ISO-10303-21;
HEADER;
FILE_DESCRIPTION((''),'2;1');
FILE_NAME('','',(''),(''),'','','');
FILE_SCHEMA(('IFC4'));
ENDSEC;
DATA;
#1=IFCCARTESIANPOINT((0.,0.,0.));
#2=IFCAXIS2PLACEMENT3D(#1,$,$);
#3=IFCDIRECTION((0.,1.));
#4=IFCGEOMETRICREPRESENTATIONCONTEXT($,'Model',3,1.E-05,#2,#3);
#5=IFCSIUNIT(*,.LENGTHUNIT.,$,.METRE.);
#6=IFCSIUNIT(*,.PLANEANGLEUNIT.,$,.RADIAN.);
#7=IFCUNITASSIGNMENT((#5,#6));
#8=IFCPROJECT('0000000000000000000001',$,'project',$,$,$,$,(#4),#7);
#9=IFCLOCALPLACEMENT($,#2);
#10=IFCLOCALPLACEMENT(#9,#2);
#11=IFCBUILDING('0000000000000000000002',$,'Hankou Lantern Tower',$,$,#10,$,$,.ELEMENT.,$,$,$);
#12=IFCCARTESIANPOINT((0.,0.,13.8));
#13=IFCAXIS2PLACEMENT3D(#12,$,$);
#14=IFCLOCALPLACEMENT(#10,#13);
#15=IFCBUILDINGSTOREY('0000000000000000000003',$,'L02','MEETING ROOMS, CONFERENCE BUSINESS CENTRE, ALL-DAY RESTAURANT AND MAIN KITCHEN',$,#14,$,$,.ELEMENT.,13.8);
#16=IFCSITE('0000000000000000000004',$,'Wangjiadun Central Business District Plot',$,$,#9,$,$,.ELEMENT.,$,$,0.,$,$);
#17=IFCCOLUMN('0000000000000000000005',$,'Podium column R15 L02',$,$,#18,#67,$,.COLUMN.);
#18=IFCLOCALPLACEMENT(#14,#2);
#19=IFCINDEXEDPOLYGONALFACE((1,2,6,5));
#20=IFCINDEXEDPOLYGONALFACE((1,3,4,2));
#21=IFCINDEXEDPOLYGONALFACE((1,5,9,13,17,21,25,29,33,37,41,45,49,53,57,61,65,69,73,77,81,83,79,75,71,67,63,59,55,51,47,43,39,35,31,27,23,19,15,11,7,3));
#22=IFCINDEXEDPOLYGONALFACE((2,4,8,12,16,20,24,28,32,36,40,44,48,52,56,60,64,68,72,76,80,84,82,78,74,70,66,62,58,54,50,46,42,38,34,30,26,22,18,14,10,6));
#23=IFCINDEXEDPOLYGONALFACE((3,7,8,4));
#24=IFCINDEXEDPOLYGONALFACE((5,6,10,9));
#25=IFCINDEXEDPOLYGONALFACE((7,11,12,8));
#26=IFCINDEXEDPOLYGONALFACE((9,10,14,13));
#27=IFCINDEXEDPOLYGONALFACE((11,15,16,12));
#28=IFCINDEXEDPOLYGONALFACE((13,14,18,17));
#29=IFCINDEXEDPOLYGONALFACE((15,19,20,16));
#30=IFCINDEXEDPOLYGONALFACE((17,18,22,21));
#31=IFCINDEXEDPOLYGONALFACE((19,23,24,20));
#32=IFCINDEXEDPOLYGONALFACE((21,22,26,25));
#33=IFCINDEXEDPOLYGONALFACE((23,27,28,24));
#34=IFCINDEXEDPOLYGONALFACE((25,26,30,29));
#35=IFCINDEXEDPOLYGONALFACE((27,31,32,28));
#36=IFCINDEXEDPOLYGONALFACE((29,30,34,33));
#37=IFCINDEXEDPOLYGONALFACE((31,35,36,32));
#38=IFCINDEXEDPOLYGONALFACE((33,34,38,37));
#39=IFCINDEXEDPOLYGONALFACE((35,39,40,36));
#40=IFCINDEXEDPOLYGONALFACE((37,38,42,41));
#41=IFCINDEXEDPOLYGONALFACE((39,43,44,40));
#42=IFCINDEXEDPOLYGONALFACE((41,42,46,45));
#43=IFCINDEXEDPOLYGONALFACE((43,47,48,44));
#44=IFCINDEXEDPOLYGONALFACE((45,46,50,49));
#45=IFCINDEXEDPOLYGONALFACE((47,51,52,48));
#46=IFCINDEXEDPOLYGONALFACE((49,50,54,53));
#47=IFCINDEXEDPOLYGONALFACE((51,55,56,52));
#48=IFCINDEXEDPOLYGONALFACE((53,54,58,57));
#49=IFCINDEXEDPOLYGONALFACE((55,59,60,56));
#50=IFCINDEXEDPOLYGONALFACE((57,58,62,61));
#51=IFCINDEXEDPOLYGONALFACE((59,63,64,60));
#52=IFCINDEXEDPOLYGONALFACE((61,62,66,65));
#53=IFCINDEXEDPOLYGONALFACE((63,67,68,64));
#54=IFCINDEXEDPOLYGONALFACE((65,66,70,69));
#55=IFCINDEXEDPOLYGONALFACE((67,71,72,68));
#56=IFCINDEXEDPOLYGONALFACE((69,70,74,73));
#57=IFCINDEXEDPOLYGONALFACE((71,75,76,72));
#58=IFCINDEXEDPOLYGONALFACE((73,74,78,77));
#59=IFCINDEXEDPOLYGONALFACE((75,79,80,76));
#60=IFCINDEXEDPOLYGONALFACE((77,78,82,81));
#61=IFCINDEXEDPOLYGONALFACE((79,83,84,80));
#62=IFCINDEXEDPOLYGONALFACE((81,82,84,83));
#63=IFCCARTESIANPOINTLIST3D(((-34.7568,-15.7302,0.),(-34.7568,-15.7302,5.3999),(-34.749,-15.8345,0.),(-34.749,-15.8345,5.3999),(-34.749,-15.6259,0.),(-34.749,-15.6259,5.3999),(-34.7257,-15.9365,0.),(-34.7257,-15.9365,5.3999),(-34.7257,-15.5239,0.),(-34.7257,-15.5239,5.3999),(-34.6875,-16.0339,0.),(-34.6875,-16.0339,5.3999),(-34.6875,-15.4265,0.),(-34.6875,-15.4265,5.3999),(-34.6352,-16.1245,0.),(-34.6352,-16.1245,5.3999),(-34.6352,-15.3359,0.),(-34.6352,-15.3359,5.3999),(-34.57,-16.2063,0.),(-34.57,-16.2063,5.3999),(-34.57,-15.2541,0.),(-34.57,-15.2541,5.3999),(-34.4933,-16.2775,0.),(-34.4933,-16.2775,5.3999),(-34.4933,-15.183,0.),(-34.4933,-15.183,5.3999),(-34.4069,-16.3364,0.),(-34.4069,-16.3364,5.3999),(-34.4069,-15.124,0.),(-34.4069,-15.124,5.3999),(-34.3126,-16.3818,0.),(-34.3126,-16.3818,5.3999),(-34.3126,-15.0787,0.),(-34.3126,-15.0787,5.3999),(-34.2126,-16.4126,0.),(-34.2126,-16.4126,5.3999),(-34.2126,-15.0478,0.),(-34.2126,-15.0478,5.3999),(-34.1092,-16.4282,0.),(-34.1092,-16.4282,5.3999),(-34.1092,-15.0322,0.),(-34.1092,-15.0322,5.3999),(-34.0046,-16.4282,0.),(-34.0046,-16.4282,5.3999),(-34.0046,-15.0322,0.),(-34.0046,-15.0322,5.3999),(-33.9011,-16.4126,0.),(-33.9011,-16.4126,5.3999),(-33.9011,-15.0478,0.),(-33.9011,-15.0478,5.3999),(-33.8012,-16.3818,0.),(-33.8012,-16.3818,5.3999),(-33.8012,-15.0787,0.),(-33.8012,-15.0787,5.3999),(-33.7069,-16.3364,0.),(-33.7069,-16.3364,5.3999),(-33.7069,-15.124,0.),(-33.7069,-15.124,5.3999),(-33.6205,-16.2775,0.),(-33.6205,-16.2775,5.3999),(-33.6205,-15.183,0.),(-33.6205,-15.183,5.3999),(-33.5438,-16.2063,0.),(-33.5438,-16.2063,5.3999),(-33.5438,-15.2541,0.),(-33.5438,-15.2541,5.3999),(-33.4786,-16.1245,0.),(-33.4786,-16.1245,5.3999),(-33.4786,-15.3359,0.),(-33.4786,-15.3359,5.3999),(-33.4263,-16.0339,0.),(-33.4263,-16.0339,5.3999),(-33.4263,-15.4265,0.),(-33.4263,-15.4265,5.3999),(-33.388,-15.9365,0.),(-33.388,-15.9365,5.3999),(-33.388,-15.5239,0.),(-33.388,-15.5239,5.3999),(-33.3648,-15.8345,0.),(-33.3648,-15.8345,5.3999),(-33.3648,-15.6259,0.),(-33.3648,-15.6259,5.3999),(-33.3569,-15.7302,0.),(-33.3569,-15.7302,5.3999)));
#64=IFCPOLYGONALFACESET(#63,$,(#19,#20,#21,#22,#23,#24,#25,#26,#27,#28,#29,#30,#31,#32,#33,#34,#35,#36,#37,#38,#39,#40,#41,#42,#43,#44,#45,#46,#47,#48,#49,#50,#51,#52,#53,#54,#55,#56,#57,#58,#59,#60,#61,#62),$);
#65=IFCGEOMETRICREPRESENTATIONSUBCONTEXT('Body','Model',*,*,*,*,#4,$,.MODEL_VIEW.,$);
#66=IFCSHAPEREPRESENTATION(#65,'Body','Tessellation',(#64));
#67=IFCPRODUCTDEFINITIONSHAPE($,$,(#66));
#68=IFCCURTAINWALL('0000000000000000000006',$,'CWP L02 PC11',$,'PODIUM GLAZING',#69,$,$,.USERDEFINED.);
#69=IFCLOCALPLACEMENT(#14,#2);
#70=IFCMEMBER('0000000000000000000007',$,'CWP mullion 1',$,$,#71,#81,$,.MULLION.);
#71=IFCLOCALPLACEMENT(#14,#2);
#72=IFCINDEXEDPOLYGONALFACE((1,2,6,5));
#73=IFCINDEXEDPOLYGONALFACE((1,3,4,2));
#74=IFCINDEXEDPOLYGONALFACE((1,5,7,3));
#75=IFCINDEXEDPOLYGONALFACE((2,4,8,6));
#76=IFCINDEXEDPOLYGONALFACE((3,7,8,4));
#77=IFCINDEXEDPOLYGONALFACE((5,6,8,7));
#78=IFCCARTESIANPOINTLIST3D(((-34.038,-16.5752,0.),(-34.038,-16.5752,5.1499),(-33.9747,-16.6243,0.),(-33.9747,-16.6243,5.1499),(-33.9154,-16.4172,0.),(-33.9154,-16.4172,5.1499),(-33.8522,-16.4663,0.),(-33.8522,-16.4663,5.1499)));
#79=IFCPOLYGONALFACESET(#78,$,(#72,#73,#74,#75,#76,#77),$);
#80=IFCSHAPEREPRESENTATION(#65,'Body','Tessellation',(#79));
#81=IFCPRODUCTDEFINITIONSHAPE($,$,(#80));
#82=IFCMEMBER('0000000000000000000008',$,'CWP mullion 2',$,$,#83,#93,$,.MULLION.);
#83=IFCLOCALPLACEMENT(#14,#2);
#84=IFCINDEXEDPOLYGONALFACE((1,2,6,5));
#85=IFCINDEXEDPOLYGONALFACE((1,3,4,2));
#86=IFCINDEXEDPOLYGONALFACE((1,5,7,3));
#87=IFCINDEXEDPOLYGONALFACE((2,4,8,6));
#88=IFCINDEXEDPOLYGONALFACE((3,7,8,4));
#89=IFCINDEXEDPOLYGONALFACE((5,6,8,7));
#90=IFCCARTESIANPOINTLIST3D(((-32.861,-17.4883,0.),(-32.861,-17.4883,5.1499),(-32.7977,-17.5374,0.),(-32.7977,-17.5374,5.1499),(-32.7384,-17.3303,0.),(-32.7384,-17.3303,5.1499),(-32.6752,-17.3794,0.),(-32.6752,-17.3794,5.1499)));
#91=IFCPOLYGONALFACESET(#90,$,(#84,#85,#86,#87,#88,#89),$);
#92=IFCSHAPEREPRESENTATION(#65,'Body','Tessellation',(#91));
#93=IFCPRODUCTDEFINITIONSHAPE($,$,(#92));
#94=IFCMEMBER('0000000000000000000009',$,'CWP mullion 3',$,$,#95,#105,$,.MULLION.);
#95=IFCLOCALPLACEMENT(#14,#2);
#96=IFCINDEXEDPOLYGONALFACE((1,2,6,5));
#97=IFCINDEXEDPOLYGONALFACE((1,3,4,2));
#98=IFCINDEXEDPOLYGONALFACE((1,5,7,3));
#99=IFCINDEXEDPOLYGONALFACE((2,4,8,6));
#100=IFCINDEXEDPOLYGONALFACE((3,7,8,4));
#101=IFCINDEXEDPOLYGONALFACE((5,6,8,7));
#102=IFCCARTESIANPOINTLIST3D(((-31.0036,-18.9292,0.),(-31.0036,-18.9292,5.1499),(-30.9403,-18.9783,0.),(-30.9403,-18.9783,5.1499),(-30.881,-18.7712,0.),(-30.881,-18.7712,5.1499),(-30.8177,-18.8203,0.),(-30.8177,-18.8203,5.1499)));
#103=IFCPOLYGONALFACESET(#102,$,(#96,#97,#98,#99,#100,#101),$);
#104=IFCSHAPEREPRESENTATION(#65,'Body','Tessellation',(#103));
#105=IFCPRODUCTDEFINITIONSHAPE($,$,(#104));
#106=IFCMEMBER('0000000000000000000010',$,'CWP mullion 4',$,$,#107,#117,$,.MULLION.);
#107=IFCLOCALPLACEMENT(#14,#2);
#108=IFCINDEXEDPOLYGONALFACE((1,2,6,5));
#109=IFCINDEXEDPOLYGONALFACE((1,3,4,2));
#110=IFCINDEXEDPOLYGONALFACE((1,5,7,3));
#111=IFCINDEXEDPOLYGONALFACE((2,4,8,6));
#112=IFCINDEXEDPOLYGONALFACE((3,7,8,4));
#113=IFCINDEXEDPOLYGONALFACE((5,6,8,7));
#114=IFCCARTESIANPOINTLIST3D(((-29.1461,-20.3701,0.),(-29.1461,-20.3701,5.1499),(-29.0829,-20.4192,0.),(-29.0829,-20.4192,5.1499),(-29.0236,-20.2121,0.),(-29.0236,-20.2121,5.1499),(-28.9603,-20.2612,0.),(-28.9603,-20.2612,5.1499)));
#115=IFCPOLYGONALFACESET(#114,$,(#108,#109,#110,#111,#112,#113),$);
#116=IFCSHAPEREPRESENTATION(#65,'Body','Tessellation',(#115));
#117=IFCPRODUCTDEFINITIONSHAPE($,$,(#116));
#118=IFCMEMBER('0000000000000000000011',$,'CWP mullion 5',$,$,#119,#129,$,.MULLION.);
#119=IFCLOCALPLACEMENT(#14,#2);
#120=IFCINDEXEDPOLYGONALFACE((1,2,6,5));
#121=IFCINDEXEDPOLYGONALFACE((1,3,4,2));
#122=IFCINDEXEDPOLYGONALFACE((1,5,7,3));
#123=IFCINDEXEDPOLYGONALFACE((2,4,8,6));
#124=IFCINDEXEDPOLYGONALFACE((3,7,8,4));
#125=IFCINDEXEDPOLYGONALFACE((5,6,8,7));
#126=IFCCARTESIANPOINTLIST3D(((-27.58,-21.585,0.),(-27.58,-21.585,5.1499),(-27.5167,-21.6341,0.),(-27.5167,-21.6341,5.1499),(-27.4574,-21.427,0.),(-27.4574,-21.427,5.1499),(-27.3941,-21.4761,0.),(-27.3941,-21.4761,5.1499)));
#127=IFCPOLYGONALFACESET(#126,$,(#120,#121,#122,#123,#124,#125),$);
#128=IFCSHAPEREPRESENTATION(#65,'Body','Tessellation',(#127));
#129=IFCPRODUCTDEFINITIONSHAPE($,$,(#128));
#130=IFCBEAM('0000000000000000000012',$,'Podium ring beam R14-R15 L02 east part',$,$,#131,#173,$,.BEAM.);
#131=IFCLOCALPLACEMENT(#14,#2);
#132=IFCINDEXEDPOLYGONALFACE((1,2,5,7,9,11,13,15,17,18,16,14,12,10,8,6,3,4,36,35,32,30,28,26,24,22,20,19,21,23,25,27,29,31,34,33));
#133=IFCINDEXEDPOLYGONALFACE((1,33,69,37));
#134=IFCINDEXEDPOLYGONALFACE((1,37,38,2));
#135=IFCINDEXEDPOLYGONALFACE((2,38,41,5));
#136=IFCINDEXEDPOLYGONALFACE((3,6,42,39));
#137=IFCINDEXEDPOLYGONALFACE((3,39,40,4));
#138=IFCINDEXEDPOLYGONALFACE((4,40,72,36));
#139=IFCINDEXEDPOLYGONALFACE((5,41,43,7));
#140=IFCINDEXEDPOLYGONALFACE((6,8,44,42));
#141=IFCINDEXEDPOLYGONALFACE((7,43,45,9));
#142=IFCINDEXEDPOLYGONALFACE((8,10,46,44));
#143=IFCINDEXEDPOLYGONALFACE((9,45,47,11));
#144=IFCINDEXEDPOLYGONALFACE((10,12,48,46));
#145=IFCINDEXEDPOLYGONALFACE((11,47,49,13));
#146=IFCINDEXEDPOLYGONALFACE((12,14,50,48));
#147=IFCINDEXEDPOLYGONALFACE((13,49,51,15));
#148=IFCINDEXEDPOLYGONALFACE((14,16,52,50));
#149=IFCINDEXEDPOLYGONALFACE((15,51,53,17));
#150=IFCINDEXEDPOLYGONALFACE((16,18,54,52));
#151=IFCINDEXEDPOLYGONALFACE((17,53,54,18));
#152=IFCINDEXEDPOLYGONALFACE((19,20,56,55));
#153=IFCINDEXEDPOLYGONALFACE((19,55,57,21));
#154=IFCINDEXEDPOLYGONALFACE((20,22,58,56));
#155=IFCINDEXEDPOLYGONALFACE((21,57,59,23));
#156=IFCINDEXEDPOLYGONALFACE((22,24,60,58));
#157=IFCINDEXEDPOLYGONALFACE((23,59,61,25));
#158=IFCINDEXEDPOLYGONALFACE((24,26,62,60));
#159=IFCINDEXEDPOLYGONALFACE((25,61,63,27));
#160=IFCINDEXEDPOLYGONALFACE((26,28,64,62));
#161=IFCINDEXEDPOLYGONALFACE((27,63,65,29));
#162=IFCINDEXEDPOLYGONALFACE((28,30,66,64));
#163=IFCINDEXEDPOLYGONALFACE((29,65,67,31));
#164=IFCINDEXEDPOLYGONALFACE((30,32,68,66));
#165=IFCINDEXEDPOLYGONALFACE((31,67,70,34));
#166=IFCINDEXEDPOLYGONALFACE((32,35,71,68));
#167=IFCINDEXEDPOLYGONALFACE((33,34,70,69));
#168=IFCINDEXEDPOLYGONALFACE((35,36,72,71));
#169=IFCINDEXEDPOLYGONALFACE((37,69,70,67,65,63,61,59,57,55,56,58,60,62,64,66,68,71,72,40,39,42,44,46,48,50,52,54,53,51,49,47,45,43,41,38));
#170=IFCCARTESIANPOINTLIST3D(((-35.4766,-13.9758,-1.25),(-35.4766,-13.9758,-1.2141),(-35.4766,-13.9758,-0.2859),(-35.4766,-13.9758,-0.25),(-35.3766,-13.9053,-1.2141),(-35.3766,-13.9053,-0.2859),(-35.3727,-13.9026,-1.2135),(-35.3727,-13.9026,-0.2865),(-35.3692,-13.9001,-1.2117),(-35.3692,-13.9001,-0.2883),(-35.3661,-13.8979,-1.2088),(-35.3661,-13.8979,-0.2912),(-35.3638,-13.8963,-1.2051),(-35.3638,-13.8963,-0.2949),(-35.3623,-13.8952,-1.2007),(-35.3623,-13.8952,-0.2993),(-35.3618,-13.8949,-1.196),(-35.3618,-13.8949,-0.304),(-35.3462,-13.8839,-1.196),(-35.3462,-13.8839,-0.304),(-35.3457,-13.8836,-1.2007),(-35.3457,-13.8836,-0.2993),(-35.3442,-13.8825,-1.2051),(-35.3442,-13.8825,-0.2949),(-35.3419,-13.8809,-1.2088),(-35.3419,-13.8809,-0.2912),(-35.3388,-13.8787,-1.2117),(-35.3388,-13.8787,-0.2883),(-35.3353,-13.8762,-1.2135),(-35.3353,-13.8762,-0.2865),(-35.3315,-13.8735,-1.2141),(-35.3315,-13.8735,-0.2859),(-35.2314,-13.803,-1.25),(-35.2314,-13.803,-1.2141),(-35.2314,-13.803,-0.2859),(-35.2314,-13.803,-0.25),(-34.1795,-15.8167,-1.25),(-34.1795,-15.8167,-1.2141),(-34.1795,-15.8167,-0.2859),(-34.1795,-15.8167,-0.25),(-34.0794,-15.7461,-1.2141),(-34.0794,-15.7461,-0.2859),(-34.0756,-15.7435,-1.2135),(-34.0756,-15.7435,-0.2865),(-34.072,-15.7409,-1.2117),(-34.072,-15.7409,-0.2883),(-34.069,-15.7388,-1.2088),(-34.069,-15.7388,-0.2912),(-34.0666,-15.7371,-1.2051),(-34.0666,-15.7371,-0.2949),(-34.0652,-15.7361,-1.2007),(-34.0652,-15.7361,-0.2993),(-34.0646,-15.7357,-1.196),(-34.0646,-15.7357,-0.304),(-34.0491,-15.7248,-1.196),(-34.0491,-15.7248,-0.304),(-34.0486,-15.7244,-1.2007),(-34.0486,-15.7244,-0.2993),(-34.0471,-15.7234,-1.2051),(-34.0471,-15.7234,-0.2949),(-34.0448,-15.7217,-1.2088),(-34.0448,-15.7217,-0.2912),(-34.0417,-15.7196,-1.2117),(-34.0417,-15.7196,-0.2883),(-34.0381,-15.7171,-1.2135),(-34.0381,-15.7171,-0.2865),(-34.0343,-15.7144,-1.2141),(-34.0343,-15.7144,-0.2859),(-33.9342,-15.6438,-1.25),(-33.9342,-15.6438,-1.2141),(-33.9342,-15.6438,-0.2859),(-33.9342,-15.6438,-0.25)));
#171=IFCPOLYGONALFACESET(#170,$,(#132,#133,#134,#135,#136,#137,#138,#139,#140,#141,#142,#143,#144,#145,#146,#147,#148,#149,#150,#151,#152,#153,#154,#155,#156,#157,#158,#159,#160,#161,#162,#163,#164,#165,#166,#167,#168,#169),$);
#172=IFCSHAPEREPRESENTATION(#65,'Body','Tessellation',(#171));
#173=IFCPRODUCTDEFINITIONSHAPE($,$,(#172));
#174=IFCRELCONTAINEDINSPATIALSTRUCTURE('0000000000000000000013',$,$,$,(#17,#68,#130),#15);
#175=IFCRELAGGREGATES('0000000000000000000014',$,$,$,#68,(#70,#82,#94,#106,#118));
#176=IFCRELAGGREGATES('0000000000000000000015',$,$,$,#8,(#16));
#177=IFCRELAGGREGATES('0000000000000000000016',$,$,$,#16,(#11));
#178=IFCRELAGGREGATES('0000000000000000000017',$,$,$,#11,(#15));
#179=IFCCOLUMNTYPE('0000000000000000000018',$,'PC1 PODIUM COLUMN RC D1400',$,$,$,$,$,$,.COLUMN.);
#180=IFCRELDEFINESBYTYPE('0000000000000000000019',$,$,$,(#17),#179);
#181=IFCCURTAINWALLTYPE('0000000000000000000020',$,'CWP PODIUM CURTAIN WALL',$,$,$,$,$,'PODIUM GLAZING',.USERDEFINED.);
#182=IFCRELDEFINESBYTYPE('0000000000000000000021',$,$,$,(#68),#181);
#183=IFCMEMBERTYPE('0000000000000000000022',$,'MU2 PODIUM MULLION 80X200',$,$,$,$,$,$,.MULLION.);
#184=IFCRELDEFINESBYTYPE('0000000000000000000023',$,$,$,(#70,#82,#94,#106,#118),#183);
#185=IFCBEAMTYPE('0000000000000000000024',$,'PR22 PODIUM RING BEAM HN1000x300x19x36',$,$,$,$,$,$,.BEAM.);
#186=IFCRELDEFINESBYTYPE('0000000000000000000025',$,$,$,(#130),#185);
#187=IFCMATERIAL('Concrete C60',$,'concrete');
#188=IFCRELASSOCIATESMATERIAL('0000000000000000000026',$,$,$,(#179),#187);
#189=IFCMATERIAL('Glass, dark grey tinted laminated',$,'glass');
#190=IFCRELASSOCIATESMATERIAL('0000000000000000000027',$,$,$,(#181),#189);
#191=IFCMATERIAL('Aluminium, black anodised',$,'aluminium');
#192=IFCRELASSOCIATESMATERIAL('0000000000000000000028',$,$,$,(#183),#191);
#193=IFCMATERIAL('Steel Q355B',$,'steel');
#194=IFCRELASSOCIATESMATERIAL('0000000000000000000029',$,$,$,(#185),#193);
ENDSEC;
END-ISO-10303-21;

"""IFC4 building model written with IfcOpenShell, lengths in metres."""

from ifc_helpers import new_model, si_unit, direction, frame, origin, origin_2d, place, context, subcontext, project, spatial, rectangle, circle, i_section, extrude, material, material_profile, profile_set, type_object, element, aggregate, save


model = new_model("IFC4")

# Units and contexts
model_context = context("Model", 3, precision=1e-05, world=origin(), true_north=direction((0.0, 1.0)))
body_context = subcontext(model_context, "Body", "Model", "MODEL_VIEW")
ifc_project = project(units=[si_unit("LENGTHUNIT", "METRE"), si_unit("PLANEANGLEUNIT", "RADIAN")], contexts=[model_context])

# Site, building, storey
site_placement = place(None, origin())
site = spatial("IfcSite", under=ifc_project, at=site_placement, Name="Wangjiadun Central Business District Plot", CompositionType="ELEMENT", RefElevation=0.0)
building_placement = place(site_placement, origin())
building = spatial("IfcBuilding", under=site, at=building_placement, Name="Hankou Lantern Tower", CompositionType="ELEMENT")
storey_placement = place(building_placement, frame((0.0, 0.0, 13.8)))
storey = spatial("IfcBuildingStorey", under=building, at=storey_placement, Name="L02", Description="MEETING ROOMS, CONFERENCE BUSINESS CENTRE, ALL-DAY RESTAURANT AND MAIN KITCHEN", CompositionType="ELEMENT", Elevation=13.8)

# Column
ifc_material_1 = material(Name="Concrete C60", Category="concrete")
ifc_material_profile_1 = material_profile(ifc_material_1, circle(Radius=0.7, at=origin_2d()), Name="RC D1400")
ifc_profile_set_1 = profile_set([ifc_material_profile_1], Name="Concrete C60")
column_type = type_object("IfcColumnType", Name="PC1 PODIUM COLUMN RC D1400", PredefinedType="COLUMN", material=ifc_profile_set_1)
column_placement = place(storey_placement, frame((-34.0569, -15.7302, 0.0), z_axis=(0.0, 0.0, 1.0), x_axis=(1.0, 0.0, 0.0)))
element("IfcColumn", 1, at=column_placement, inside=storey, type_object=column_type, Name="Podium column R15 L02", PredefinedType="COLUMN", context=body_context, shape_type="SweptSolid", body=[
    extrude(circle(Radius=0.7, at=origin_2d()), origin(), (0.0, 0.0, 1.0), 5.3999),
])

# Curtain wall, members
ifc_material_2 = material(Name="Glass, dark grey tinted laminated", Category="glass")
curtain_wall_type = type_object("IfcCurtainWallType", Name="CWP PODIUM CURTAIN WALL", ElementType="PODIUM GLAZING", PredefinedType="USERDEFINED", material=ifc_material_2)
curtain_wall_placement = place(storey_placement, origin())
curtain_wall = element("IfcCurtainWall", 2, at=curtain_wall_placement, inside=storey, type_object=curtain_wall_type, Name="CWP L02 PC11", ObjectType="PODIUM GLAZING", PredefinedType="USERDEFINED")
ifc_material_3 = material(Name="Aluminium, black anodised", Category="aluminium")
ifc_material_profile_2 = material_profile(ifc_material_3, rectangle(XDim=0.0801, YDim=0.2, at=origin_2d()), Name="MU2 80X200")
ifc_profile_set_2 = profile_set([ifc_material_profile_2], Name="Aluminium, black anodised")
member_type_1 = type_object("IfcMemberType", Name="MU2 PODIUM MULLION 80X200", PredefinedType="MULLION", material=ifc_profile_set_2)
member_1_placement = place(storey_placement, frame((-33.9451, -16.5208, 0.0), z_axis=(0.0, 0.0, 1.0), x_axis=(0.79013, -0.61294, 0.0)))
member_1 = element("IfcMember", 3, at=member_1_placement, type_object=member_type_1, Name="CWP mullion 1", PredefinedType="MULLION", context=body_context, shape_type="SweptSolid", body=[
    extrude(rectangle(XDim=0.0801, YDim=0.2, at=origin_2d()), origin(), (0.0, 0.0, 1.0), 5.1499),
])
member_2_placement = place(storey_placement, frame((-32.7681, -17.4338, 0.0), z_axis=(0.0, 0.0, 1.0), x_axis=(0.79013, -0.61294, 0.0)))
member_2 = element("IfcMember", 4, at=member_2_placement, type_object=member_type_1, Name="CWP mullion 2", PredefinedType="MULLION", context=body_context, shape_type="SweptSolid", body=[
    extrude(rectangle(XDim=0.0801, YDim=0.2, at=origin_2d()), origin(), (0.0, 0.0, 1.0), 5.1499),
])
member_3_placement = place(storey_placement, frame((-30.9106, -18.8748, 0.0), z_axis=(0.0, 0.0, 1.0), x_axis=(0.79013, -0.61294, 0.0)))
member_3 = element("IfcMember", 5, at=member_3_placement, type_object=member_type_1, Name="CWP mullion 3", PredefinedType="MULLION", context=body_context, shape_type="SweptSolid", body=[
    extrude(rectangle(XDim=0.0801, YDim=0.2, at=origin_2d()), origin(), (0.0, 0.0, 1.0), 5.1499),
])
member_4_placement = place(storey_placement, frame((-29.0532, -20.3157, 0.0), z_axis=(0.0, 0.0, 1.0), x_axis=(0.79013, -0.61294, 0.0)))
member_4 = element("IfcMember", 6, at=member_4_placement, type_object=member_type_1, Name="CWP mullion 4", PredefinedType="MULLION", context=body_context, shape_type="SweptSolid", body=[
    extrude(rectangle(XDim=0.0801, YDim=0.2, at=origin_2d()), origin(), (0.0, 0.0, 1.0), 5.1499),
])
member_5_placement = place(storey_placement, frame((-27.4871, -21.5305, 0.0), z_axis=(0.0, 0.0, 1.0), x_axis=(0.79013, -0.61294, 0.0)))
member_5 = element("IfcMember", 7, at=member_5_placement, type_object=member_type_1, Name="CWP mullion 5", PredefinedType="MULLION", context=body_context, shape_type="SweptSolid", body=[
    extrude(rectangle(XDim=0.0801, YDim=0.2, at=origin_2d()), origin(), (0.0, 0.0, 1.0), 5.1499),
])

# Beam
ifc_material_4 = material(Name="Steel Q355B", Category="steel")
ifc_material_profile_3 = material_profile(ifc_material_4, i_section(OverallWidth=0.3, OverallDepth=1.0, WebThickness=0.019, FlangeThickness=0.0359, FilletRadius=0.0181, at=origin_2d()), Name="HN1000x300x19x36")
ifc_profile_set_3 = profile_set([ifc_material_profile_3], Name="Steel Q355B")
beam_type_1 = type_object("IfcBeamType", Name="PR22 PODIUM RING BEAM HN1000x300x19x36", PredefinedType="BEAM", material=ifc_profile_set_3)
beam_1_placement = place(storey_placement, frame((-35.354, -13.8894, -0.75), z_axis=(0.576006, -0.817445, 0.0), x_axis=(0.817445, 0.576006, 0.0)))
element("IfcBeam", 8, at=beam_1_placement, inside=storey, type_object=beam_type_1, Name="Podium ring beam R14-R15 L02 east part", PredefinedType="BEAM", context=body_context, shape_type="SweptSolid", body=[
    extrude(i_section(OverallWidth=0.3, OverallDepth=1.0, WebThickness=0.019, FlangeThickness=0.0359, FilletRadius=0.0181, at=origin_2d()), origin(), (0.0, 0.0, 1.0), 2.252),
])

aggregate(curtain_wall, [member_1, member_2, member_3, member_4, member_5])

save(model, "model.ifc")
